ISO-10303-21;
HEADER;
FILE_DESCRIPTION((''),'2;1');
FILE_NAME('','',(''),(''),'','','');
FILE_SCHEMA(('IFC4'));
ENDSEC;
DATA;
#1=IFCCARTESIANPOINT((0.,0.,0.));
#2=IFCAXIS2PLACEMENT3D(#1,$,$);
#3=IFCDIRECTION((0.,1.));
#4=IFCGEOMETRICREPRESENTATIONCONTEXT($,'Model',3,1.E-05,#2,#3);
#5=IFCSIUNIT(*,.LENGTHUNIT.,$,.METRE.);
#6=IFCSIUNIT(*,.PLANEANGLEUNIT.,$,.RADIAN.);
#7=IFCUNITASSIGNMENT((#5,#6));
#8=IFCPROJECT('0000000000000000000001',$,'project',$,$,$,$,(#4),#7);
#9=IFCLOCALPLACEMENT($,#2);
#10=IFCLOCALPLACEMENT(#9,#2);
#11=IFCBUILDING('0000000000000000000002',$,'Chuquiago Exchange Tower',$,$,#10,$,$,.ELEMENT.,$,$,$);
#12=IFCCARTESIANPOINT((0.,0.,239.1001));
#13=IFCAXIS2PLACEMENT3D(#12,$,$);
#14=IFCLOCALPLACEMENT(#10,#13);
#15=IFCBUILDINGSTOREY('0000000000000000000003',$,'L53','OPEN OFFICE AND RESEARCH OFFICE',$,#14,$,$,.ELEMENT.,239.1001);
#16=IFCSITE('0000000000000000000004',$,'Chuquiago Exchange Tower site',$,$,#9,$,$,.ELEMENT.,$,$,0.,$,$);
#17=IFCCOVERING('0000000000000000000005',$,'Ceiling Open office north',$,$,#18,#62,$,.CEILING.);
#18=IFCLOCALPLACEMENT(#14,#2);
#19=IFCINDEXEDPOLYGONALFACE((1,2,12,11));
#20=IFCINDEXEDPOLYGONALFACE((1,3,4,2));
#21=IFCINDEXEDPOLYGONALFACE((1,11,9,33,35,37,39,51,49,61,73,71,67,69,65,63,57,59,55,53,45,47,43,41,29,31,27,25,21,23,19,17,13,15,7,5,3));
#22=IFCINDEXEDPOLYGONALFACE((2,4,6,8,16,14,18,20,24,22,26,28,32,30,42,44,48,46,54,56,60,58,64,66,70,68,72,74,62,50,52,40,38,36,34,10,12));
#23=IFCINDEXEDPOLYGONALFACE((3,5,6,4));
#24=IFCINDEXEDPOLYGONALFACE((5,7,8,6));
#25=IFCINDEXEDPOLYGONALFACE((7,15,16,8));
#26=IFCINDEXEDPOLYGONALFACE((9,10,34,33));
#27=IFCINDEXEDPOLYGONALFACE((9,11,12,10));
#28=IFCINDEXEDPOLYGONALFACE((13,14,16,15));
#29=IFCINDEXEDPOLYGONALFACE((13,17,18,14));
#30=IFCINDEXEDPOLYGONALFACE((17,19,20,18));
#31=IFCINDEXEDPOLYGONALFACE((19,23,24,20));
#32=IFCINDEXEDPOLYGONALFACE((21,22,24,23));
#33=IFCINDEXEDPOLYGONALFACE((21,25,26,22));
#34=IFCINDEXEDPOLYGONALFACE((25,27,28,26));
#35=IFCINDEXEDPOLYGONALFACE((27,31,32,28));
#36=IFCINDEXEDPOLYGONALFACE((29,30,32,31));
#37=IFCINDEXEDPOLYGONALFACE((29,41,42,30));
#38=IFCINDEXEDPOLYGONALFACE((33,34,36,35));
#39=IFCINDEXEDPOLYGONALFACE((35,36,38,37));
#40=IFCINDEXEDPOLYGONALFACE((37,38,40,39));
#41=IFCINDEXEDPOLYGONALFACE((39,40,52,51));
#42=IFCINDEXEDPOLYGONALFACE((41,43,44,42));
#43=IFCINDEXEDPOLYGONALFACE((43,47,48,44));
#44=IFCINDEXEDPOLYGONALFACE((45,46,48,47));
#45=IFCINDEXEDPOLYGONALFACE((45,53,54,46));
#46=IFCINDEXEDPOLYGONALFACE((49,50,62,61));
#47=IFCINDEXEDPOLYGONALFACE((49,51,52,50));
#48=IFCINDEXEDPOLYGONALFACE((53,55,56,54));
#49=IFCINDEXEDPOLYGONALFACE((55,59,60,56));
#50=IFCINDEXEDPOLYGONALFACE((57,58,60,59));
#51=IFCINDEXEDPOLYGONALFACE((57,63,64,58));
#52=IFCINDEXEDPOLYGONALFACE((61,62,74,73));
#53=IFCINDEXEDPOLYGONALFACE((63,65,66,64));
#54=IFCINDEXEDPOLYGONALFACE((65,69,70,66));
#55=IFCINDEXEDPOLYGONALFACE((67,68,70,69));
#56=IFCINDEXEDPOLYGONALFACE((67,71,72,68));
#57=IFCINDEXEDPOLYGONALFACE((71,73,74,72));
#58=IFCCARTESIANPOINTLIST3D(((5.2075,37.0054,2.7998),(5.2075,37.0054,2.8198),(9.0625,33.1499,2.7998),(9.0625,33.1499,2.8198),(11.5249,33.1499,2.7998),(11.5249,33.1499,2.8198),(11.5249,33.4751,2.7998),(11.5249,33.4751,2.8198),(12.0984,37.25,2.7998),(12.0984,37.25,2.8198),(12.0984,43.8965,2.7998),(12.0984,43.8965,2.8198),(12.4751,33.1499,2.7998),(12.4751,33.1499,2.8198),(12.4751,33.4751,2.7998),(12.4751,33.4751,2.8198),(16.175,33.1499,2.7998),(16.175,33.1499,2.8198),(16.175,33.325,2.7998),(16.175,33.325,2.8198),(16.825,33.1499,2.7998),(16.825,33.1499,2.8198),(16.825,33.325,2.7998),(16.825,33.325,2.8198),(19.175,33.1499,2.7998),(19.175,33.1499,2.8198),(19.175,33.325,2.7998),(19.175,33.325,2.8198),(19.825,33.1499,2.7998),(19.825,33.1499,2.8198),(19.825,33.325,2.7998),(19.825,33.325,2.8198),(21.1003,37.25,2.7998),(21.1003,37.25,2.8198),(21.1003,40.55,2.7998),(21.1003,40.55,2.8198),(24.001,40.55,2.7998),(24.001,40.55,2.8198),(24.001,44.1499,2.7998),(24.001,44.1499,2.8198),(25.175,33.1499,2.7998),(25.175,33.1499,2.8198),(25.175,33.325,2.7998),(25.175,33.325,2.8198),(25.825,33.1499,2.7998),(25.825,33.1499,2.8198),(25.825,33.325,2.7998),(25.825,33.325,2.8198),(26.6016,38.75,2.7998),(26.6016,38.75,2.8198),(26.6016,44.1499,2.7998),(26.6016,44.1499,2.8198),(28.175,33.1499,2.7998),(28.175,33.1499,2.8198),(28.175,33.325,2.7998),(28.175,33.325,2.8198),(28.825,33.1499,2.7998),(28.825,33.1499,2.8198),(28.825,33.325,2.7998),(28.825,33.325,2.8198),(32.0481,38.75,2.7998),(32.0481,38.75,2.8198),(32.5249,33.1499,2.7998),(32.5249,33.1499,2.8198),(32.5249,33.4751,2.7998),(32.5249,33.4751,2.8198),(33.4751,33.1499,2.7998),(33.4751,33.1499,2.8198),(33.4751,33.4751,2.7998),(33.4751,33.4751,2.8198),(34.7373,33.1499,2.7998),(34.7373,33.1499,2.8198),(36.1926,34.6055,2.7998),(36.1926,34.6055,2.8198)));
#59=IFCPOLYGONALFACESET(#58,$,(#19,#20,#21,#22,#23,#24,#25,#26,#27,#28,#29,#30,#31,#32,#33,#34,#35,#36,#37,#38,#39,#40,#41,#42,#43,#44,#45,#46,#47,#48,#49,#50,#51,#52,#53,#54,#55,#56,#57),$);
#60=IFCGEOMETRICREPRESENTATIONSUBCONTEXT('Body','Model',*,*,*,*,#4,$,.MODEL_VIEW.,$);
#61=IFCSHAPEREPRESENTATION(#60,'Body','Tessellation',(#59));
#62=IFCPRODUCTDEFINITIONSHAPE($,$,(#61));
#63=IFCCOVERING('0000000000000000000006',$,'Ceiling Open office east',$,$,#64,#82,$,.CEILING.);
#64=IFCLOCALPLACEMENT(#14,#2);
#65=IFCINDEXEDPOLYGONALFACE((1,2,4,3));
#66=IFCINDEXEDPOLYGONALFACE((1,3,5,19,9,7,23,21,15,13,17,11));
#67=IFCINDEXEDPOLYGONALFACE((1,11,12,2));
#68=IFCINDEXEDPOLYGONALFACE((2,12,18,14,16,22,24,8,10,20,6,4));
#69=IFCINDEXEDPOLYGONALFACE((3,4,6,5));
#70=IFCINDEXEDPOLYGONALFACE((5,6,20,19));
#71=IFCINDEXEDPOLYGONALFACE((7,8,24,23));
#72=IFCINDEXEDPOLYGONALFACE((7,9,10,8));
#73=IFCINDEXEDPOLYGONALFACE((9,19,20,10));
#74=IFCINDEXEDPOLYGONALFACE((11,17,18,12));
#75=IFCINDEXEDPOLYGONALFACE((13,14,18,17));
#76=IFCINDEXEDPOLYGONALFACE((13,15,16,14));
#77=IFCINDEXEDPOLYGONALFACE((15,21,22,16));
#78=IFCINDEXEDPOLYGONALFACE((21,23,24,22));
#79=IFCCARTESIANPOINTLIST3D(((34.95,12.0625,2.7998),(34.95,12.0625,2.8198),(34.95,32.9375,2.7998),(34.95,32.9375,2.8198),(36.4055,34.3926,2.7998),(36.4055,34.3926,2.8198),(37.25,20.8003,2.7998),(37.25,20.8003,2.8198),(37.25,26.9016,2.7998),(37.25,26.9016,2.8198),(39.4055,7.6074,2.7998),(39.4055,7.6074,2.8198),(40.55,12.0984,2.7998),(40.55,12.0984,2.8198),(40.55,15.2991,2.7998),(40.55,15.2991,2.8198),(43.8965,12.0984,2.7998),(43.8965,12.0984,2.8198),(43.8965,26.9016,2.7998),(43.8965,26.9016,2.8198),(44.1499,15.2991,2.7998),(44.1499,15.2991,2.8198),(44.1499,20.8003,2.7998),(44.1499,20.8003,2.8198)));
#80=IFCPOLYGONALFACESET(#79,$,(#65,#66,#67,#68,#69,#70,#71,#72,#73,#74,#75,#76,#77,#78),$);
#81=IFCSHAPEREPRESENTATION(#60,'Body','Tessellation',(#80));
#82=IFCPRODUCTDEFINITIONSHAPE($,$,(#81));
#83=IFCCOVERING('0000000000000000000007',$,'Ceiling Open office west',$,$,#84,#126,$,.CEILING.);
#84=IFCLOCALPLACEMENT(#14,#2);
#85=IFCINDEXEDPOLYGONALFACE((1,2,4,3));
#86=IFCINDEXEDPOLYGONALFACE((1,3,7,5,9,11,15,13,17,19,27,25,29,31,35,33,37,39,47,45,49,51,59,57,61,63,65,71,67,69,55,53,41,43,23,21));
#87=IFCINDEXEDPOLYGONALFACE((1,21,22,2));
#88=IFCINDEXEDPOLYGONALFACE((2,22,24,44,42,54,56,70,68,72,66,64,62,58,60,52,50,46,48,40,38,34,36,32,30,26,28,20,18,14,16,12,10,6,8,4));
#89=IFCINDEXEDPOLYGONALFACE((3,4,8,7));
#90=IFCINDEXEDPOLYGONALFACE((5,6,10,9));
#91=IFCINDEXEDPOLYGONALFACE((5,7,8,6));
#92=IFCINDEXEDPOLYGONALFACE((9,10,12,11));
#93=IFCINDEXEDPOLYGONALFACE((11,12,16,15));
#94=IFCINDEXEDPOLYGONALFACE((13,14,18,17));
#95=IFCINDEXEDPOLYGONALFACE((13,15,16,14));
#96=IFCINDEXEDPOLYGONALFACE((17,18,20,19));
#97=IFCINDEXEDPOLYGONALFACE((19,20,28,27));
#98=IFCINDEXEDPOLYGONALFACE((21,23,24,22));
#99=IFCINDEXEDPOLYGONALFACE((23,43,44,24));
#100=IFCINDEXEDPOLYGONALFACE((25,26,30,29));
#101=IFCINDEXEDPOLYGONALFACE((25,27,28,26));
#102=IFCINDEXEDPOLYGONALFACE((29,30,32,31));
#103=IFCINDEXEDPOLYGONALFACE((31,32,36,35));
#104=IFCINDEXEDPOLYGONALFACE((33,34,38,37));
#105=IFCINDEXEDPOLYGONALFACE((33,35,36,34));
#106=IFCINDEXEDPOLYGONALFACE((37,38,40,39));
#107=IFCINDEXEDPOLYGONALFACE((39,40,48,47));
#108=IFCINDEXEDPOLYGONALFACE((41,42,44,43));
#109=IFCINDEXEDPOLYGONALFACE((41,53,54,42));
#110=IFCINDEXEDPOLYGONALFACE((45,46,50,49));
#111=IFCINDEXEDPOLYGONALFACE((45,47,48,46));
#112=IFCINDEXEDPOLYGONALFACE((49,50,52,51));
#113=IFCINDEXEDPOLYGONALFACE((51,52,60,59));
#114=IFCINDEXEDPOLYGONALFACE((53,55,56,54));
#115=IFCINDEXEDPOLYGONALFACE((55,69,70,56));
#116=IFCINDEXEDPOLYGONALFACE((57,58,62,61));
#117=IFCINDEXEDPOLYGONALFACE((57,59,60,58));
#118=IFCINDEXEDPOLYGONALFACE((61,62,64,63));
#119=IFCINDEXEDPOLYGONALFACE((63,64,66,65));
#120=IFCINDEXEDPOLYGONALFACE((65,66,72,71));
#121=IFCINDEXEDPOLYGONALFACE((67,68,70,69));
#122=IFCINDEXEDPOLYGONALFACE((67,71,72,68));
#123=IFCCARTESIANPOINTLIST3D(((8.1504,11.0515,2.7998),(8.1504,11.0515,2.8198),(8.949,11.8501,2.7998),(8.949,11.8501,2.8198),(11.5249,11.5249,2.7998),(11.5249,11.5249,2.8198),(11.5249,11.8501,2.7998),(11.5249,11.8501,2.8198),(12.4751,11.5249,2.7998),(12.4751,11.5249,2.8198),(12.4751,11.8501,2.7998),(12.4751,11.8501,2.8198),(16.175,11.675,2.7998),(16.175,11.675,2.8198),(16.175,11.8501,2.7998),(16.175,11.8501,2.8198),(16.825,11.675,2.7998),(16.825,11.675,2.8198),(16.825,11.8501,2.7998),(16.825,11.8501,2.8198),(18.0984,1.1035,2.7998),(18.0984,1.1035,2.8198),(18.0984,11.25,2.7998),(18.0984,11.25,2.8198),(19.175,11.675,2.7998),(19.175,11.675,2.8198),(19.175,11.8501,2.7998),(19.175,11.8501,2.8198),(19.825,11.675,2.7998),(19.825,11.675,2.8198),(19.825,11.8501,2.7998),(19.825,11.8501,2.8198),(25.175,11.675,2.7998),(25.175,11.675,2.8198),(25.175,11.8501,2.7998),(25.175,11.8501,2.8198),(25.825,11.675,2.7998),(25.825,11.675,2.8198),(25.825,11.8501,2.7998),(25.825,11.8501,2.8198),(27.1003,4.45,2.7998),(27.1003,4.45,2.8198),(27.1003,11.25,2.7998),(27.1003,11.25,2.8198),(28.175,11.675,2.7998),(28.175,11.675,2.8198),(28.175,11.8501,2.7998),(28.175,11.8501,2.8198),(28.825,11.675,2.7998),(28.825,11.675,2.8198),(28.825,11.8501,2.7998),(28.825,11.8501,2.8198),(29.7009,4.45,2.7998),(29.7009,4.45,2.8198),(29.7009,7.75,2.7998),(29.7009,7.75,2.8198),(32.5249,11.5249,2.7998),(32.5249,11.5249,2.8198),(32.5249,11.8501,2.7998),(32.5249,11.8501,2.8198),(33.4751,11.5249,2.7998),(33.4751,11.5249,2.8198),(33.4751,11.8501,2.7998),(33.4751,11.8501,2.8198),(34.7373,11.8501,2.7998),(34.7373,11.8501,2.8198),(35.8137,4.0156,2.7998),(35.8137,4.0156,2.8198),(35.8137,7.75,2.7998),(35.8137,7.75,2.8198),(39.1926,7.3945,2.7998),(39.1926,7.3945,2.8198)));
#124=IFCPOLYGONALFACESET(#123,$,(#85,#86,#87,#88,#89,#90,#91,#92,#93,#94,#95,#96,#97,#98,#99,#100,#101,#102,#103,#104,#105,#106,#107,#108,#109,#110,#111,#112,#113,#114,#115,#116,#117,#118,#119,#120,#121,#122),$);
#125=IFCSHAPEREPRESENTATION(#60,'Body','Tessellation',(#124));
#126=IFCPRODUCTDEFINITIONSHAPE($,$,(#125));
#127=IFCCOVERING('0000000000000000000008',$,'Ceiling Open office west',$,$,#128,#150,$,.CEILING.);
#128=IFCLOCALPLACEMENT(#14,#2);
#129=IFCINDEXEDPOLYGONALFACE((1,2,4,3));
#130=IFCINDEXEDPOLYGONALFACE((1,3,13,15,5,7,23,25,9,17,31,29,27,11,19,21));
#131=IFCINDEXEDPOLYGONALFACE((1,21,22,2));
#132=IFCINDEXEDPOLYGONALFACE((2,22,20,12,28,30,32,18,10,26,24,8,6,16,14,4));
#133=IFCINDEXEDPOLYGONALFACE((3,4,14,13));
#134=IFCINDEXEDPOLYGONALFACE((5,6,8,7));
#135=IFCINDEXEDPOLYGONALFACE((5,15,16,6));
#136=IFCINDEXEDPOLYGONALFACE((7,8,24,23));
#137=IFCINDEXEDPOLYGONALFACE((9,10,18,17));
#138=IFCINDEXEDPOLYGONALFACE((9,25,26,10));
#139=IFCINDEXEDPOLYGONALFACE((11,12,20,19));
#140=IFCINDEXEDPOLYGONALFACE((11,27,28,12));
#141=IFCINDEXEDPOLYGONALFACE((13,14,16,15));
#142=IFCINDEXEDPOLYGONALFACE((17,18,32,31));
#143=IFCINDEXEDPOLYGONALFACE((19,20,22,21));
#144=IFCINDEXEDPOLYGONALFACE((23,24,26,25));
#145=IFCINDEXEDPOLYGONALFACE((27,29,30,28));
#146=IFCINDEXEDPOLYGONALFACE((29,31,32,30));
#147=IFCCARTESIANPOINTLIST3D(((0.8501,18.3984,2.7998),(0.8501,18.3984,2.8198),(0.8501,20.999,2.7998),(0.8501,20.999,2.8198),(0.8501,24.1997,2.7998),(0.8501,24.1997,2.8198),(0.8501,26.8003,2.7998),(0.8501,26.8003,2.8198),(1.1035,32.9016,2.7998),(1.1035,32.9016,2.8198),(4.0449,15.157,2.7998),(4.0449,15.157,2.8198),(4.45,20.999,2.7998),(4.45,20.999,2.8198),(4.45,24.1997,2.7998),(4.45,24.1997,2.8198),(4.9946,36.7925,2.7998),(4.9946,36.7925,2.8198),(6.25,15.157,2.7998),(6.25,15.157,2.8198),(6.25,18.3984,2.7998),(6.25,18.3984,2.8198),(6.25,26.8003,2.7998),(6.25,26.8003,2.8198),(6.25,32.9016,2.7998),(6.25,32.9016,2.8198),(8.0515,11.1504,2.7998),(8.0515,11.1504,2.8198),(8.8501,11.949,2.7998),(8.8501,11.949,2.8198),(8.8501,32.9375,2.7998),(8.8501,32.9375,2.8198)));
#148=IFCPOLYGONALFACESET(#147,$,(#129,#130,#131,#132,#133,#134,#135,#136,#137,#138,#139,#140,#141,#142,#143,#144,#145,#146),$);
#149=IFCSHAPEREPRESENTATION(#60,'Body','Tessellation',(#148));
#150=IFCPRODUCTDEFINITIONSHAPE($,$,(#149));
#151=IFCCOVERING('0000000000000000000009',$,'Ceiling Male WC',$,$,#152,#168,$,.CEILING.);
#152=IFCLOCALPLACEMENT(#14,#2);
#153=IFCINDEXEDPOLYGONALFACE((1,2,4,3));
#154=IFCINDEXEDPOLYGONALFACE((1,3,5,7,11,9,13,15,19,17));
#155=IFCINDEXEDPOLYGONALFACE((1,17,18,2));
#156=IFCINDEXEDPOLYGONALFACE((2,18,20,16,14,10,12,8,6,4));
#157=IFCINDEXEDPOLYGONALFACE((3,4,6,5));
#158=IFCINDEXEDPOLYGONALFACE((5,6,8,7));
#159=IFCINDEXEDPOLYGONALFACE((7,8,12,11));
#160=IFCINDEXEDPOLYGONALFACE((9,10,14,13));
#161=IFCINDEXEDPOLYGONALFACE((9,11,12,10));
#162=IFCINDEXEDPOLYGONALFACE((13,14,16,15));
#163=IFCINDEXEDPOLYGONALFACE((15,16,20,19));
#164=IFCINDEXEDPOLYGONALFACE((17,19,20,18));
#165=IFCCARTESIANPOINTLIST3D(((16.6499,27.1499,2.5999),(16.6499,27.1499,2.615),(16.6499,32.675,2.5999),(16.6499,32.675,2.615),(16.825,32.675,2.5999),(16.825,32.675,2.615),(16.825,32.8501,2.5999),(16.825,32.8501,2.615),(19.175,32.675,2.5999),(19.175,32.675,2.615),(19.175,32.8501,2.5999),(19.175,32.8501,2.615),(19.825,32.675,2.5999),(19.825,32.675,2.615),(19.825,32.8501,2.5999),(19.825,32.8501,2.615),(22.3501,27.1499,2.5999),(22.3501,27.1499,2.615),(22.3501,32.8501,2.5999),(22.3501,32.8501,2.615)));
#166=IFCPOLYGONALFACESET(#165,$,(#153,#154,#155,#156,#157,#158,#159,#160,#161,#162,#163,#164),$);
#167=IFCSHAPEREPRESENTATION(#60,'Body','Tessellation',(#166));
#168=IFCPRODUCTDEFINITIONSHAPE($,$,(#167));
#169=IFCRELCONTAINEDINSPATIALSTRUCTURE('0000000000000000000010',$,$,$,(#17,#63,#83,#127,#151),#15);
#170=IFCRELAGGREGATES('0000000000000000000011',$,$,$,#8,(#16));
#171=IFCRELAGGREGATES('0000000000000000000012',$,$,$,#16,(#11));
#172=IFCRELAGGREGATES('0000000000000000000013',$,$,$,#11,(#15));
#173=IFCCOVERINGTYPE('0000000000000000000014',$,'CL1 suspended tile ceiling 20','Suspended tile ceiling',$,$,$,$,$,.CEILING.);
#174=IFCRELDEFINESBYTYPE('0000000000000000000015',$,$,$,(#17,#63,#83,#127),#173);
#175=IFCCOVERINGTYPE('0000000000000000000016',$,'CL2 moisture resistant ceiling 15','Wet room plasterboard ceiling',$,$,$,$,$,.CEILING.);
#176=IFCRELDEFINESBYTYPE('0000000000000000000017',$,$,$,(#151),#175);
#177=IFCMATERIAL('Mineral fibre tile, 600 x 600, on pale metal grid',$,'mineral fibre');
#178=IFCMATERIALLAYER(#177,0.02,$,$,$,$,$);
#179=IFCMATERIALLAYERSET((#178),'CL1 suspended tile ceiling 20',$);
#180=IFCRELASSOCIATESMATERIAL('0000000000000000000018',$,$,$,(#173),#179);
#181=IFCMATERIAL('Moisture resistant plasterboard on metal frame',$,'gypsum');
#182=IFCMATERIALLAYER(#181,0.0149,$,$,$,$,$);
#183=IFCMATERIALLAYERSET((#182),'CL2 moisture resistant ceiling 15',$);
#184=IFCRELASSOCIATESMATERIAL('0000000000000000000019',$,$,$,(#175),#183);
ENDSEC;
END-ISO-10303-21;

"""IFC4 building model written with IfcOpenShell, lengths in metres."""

from ifc_helpers import new_model, si_unit, direction, frame, origin, place, context, subcontext, project, spatial, polyline, outline, extrude, material, layer, layer_set, type_object, element, save


model = new_model("IFC4")

# Units and contexts
model_context = context("Model", 3, precision=1e-05, world=origin(), true_north=direction((0.0, 1.0)))
body_context = subcontext(model_context, "Body", "Model", "MODEL_VIEW")
ifc_project = project(units=[si_unit("LENGTHUNIT", "METRE"), si_unit("PLANEANGLEUNIT", "RADIAN")], contexts=[model_context])

# Site, building, storey
site_placement = place(None, origin())
site = spatial("IfcSite", under=ifc_project, at=site_placement, Name="Chuquiago Exchange Tower site", CompositionType="ELEMENT", RefElevation=0.0)
building_placement = place(site_placement, origin())
building = spatial("IfcBuilding", under=site, at=building_placement, Name="Chuquiago Exchange Tower", CompositionType="ELEMENT")
storey_placement = place(building_placement, frame((0.0, 0.0, 239.1001)))
storey = spatial("IfcBuildingStorey", under=building, at=storey_placement, Name="L53", Description="OPEN OFFICE AND RESEARCH OFFICE", CompositionType="ELEMENT", Elevation=239.1001)

# Coverings
ifc_material_1 = material(Name="Mineral fibre tile, 600 x 600, on pale metal grid", Category="mineral fibre")
ifc_layer_1 = layer(ifc_material_1, 0.02)
ifc_layer_set_1 = layer_set([ifc_layer_1], Name="CL1 suspended tile ceiling 20")
covering_type_1 = type_object("IfcCoveringType", Name="CL1 suspended tile ceiling 20", Description="Suspended tile ceiling", PredefinedType="CEILING", material=ifc_layer_set_1)
covering_1_placement = place(storey_placement, frame((0.0, 0.0, 2.7998)))
element("IfcCovering", 1, at=covering_1_placement, inside=storey, type_object=covering_type_1, Name="Ceiling Open office north", PredefinedType="CEILING", context=body_context, shape_type="SweptSolid", body=[
    extrude(outline(polyline([(12.0984, 37.25), (21.1003, 37.25), (21.1003, 40.55), (24.001, 40.55), (24.001, 44.1499), (26.6016, 44.1499), (26.6016, 38.75), (32.0481, 38.75), (36.1926, 34.6055), (34.7373, 33.1499), (33.4751, 33.1499), (33.4751, 33.4751), (32.5249, 33.4751), (32.5249, 33.1499), (28.825, 33.1499), (28.825, 33.325), (28.175, 33.325), (28.175, 33.1499), (25.825, 33.1499), (25.825, 33.325), (25.175, 33.325), (25.175, 33.1499), (19.825, 33.1499), (19.825, 33.325), (19.175, 33.325), (19.175, 33.1499), (16.825, 33.1499), (16.825, 33.325), (16.175, 33.325), (16.175, 33.1499), (12.4751, 33.1499), (12.4751, 33.4751), (11.5249, 33.4751), (11.5249, 33.1499), (9.0625, 33.1499), (5.2075, 37.0054), (12.0984, 43.8965), (12.0984, 37.25)])), origin(), (0.0, 0.0, 1.0), 0.02),
])
covering_2_placement = place(storey_placement, frame((0.0, 0.0, 2.7998)))
element("IfcCovering", 2, at=covering_2_placement, inside=storey, type_object=covering_type_1, Name="Ceiling Open office east", PredefinedType="CEILING", context=body_context, shape_type="SweptSolid", body=[
    extrude(outline(polyline([(39.4055, 7.6074), (34.95, 12.0625), (34.95, 32.9375), (36.4055, 34.3926), (43.8965, 26.9016), (37.25, 26.9016), (37.25, 20.8003), (44.1499, 20.8003), (44.1499, 15.2991), (40.55, 15.2991), (40.55, 12.0984), (43.8965, 12.0984), (39.4055, 7.6074)])), origin(), (0.0, 0.0, 1.0), 0.02),
])
covering_3_placement = place(storey_placement, frame((0.0, 0.0, 2.7998)))
element("IfcCovering", 3, at=covering_3_placement, inside=storey, type_object=covering_type_1, Name="Ceiling Open office west", PredefinedType="CEILING", context=body_context, shape_type="SweptSolid", body=[
    extrude(outline(polyline([(11.5249, 11.8501), (11.5249, 11.5249), (12.4751, 11.5249), (12.4751, 11.8501), (16.175, 11.8501), (16.175, 11.675), (16.825, 11.675), (16.825, 11.8501), (19.175, 11.8501), (19.175, 11.675), (19.825, 11.675), (19.825, 11.8501), (25.175, 11.8501), (25.175, 11.675), (25.825, 11.675), (25.825, 11.8501), (28.175, 11.8501), (28.175, 11.675), (28.825, 11.675), (28.825, 11.8501), (32.5249, 11.8501), (32.5249, 11.5249), (33.4751, 11.5249), (33.4751, 11.8501), (34.7373, 11.8501), (39.1926, 7.3945), (35.8137, 4.0156), (35.8137, 7.75), (29.7009, 7.75), (29.7009, 4.45), (27.1003, 4.45), (27.1003, 11.25), (18.0984, 11.25), (18.0984, 1.1035), (8.1504, 11.0515), (8.949, 11.8501), (11.5249, 11.8501)])), origin(), (0.0, 0.0, 1.0), 0.02),
])
covering_4_placement = place(storey_placement, frame((0.0, 0.0, 2.7998)))
element("IfcCovering", 4, at=covering_4_placement, inside=storey, type_object=covering_type_1, Name="Ceiling Open office west", PredefinedType="CEILING", context=body_context, shape_type="SweptSolid", body=[
    extrude(outline(polyline([(0.8501, 20.999), (4.45, 20.999), (4.45, 24.1997), (0.8501, 24.1997), (0.8501, 26.8003), (6.25, 26.8003), (6.25, 32.9016), (1.1035, 32.9016), (4.9946, 36.7925), (8.8501, 32.9375), (8.8501, 11.949), (8.0515, 11.1504), (4.0449, 15.157), (6.25, 15.157), (6.25, 18.3984), (0.8501, 18.3984), (0.8501, 20.999)])), origin(), (0.0, 0.0, 1.0), 0.02),
])
ifc_material_2 = material(Name="Moisture resistant plasterboard on metal frame", Category="gypsum")
ifc_layer_2 = layer(ifc_material_2, 0.0149)
ifc_layer_set_2 = layer_set([ifc_layer_2], Name="CL2 moisture resistant ceiling 15")
covering_type_2 = type_object("IfcCoveringType", Name="CL2 moisture resistant ceiling 15", Description="Wet room plasterboard ceiling", PredefinedType="CEILING", material=ifc_layer_set_2)
covering_5_placement = place(storey_placement, frame((0.0, 0.0, 2.5999)))
element("IfcCovering", 5, at=covering_5_placement, inside=storey, type_object=covering_type_2, Name="Ceiling Male WC", PredefinedType="CEILING", context=body_context, shape_type="SweptSolid", body=[
    extrude(outline(polyline([(16.6499, 27.1499), (16.6499, 32.675), (16.825, 32.675), (16.825, 32.8501), (19.175, 32.8501), (19.175, 32.675), (19.825, 32.675), (19.825, 32.8501), (22.3501, 32.8501), (22.3501, 27.1499), (16.6499, 27.1499)])), origin(), (0.0, 0.0, 1.0), 0.0151),
])

save(model, "model.ifc")
